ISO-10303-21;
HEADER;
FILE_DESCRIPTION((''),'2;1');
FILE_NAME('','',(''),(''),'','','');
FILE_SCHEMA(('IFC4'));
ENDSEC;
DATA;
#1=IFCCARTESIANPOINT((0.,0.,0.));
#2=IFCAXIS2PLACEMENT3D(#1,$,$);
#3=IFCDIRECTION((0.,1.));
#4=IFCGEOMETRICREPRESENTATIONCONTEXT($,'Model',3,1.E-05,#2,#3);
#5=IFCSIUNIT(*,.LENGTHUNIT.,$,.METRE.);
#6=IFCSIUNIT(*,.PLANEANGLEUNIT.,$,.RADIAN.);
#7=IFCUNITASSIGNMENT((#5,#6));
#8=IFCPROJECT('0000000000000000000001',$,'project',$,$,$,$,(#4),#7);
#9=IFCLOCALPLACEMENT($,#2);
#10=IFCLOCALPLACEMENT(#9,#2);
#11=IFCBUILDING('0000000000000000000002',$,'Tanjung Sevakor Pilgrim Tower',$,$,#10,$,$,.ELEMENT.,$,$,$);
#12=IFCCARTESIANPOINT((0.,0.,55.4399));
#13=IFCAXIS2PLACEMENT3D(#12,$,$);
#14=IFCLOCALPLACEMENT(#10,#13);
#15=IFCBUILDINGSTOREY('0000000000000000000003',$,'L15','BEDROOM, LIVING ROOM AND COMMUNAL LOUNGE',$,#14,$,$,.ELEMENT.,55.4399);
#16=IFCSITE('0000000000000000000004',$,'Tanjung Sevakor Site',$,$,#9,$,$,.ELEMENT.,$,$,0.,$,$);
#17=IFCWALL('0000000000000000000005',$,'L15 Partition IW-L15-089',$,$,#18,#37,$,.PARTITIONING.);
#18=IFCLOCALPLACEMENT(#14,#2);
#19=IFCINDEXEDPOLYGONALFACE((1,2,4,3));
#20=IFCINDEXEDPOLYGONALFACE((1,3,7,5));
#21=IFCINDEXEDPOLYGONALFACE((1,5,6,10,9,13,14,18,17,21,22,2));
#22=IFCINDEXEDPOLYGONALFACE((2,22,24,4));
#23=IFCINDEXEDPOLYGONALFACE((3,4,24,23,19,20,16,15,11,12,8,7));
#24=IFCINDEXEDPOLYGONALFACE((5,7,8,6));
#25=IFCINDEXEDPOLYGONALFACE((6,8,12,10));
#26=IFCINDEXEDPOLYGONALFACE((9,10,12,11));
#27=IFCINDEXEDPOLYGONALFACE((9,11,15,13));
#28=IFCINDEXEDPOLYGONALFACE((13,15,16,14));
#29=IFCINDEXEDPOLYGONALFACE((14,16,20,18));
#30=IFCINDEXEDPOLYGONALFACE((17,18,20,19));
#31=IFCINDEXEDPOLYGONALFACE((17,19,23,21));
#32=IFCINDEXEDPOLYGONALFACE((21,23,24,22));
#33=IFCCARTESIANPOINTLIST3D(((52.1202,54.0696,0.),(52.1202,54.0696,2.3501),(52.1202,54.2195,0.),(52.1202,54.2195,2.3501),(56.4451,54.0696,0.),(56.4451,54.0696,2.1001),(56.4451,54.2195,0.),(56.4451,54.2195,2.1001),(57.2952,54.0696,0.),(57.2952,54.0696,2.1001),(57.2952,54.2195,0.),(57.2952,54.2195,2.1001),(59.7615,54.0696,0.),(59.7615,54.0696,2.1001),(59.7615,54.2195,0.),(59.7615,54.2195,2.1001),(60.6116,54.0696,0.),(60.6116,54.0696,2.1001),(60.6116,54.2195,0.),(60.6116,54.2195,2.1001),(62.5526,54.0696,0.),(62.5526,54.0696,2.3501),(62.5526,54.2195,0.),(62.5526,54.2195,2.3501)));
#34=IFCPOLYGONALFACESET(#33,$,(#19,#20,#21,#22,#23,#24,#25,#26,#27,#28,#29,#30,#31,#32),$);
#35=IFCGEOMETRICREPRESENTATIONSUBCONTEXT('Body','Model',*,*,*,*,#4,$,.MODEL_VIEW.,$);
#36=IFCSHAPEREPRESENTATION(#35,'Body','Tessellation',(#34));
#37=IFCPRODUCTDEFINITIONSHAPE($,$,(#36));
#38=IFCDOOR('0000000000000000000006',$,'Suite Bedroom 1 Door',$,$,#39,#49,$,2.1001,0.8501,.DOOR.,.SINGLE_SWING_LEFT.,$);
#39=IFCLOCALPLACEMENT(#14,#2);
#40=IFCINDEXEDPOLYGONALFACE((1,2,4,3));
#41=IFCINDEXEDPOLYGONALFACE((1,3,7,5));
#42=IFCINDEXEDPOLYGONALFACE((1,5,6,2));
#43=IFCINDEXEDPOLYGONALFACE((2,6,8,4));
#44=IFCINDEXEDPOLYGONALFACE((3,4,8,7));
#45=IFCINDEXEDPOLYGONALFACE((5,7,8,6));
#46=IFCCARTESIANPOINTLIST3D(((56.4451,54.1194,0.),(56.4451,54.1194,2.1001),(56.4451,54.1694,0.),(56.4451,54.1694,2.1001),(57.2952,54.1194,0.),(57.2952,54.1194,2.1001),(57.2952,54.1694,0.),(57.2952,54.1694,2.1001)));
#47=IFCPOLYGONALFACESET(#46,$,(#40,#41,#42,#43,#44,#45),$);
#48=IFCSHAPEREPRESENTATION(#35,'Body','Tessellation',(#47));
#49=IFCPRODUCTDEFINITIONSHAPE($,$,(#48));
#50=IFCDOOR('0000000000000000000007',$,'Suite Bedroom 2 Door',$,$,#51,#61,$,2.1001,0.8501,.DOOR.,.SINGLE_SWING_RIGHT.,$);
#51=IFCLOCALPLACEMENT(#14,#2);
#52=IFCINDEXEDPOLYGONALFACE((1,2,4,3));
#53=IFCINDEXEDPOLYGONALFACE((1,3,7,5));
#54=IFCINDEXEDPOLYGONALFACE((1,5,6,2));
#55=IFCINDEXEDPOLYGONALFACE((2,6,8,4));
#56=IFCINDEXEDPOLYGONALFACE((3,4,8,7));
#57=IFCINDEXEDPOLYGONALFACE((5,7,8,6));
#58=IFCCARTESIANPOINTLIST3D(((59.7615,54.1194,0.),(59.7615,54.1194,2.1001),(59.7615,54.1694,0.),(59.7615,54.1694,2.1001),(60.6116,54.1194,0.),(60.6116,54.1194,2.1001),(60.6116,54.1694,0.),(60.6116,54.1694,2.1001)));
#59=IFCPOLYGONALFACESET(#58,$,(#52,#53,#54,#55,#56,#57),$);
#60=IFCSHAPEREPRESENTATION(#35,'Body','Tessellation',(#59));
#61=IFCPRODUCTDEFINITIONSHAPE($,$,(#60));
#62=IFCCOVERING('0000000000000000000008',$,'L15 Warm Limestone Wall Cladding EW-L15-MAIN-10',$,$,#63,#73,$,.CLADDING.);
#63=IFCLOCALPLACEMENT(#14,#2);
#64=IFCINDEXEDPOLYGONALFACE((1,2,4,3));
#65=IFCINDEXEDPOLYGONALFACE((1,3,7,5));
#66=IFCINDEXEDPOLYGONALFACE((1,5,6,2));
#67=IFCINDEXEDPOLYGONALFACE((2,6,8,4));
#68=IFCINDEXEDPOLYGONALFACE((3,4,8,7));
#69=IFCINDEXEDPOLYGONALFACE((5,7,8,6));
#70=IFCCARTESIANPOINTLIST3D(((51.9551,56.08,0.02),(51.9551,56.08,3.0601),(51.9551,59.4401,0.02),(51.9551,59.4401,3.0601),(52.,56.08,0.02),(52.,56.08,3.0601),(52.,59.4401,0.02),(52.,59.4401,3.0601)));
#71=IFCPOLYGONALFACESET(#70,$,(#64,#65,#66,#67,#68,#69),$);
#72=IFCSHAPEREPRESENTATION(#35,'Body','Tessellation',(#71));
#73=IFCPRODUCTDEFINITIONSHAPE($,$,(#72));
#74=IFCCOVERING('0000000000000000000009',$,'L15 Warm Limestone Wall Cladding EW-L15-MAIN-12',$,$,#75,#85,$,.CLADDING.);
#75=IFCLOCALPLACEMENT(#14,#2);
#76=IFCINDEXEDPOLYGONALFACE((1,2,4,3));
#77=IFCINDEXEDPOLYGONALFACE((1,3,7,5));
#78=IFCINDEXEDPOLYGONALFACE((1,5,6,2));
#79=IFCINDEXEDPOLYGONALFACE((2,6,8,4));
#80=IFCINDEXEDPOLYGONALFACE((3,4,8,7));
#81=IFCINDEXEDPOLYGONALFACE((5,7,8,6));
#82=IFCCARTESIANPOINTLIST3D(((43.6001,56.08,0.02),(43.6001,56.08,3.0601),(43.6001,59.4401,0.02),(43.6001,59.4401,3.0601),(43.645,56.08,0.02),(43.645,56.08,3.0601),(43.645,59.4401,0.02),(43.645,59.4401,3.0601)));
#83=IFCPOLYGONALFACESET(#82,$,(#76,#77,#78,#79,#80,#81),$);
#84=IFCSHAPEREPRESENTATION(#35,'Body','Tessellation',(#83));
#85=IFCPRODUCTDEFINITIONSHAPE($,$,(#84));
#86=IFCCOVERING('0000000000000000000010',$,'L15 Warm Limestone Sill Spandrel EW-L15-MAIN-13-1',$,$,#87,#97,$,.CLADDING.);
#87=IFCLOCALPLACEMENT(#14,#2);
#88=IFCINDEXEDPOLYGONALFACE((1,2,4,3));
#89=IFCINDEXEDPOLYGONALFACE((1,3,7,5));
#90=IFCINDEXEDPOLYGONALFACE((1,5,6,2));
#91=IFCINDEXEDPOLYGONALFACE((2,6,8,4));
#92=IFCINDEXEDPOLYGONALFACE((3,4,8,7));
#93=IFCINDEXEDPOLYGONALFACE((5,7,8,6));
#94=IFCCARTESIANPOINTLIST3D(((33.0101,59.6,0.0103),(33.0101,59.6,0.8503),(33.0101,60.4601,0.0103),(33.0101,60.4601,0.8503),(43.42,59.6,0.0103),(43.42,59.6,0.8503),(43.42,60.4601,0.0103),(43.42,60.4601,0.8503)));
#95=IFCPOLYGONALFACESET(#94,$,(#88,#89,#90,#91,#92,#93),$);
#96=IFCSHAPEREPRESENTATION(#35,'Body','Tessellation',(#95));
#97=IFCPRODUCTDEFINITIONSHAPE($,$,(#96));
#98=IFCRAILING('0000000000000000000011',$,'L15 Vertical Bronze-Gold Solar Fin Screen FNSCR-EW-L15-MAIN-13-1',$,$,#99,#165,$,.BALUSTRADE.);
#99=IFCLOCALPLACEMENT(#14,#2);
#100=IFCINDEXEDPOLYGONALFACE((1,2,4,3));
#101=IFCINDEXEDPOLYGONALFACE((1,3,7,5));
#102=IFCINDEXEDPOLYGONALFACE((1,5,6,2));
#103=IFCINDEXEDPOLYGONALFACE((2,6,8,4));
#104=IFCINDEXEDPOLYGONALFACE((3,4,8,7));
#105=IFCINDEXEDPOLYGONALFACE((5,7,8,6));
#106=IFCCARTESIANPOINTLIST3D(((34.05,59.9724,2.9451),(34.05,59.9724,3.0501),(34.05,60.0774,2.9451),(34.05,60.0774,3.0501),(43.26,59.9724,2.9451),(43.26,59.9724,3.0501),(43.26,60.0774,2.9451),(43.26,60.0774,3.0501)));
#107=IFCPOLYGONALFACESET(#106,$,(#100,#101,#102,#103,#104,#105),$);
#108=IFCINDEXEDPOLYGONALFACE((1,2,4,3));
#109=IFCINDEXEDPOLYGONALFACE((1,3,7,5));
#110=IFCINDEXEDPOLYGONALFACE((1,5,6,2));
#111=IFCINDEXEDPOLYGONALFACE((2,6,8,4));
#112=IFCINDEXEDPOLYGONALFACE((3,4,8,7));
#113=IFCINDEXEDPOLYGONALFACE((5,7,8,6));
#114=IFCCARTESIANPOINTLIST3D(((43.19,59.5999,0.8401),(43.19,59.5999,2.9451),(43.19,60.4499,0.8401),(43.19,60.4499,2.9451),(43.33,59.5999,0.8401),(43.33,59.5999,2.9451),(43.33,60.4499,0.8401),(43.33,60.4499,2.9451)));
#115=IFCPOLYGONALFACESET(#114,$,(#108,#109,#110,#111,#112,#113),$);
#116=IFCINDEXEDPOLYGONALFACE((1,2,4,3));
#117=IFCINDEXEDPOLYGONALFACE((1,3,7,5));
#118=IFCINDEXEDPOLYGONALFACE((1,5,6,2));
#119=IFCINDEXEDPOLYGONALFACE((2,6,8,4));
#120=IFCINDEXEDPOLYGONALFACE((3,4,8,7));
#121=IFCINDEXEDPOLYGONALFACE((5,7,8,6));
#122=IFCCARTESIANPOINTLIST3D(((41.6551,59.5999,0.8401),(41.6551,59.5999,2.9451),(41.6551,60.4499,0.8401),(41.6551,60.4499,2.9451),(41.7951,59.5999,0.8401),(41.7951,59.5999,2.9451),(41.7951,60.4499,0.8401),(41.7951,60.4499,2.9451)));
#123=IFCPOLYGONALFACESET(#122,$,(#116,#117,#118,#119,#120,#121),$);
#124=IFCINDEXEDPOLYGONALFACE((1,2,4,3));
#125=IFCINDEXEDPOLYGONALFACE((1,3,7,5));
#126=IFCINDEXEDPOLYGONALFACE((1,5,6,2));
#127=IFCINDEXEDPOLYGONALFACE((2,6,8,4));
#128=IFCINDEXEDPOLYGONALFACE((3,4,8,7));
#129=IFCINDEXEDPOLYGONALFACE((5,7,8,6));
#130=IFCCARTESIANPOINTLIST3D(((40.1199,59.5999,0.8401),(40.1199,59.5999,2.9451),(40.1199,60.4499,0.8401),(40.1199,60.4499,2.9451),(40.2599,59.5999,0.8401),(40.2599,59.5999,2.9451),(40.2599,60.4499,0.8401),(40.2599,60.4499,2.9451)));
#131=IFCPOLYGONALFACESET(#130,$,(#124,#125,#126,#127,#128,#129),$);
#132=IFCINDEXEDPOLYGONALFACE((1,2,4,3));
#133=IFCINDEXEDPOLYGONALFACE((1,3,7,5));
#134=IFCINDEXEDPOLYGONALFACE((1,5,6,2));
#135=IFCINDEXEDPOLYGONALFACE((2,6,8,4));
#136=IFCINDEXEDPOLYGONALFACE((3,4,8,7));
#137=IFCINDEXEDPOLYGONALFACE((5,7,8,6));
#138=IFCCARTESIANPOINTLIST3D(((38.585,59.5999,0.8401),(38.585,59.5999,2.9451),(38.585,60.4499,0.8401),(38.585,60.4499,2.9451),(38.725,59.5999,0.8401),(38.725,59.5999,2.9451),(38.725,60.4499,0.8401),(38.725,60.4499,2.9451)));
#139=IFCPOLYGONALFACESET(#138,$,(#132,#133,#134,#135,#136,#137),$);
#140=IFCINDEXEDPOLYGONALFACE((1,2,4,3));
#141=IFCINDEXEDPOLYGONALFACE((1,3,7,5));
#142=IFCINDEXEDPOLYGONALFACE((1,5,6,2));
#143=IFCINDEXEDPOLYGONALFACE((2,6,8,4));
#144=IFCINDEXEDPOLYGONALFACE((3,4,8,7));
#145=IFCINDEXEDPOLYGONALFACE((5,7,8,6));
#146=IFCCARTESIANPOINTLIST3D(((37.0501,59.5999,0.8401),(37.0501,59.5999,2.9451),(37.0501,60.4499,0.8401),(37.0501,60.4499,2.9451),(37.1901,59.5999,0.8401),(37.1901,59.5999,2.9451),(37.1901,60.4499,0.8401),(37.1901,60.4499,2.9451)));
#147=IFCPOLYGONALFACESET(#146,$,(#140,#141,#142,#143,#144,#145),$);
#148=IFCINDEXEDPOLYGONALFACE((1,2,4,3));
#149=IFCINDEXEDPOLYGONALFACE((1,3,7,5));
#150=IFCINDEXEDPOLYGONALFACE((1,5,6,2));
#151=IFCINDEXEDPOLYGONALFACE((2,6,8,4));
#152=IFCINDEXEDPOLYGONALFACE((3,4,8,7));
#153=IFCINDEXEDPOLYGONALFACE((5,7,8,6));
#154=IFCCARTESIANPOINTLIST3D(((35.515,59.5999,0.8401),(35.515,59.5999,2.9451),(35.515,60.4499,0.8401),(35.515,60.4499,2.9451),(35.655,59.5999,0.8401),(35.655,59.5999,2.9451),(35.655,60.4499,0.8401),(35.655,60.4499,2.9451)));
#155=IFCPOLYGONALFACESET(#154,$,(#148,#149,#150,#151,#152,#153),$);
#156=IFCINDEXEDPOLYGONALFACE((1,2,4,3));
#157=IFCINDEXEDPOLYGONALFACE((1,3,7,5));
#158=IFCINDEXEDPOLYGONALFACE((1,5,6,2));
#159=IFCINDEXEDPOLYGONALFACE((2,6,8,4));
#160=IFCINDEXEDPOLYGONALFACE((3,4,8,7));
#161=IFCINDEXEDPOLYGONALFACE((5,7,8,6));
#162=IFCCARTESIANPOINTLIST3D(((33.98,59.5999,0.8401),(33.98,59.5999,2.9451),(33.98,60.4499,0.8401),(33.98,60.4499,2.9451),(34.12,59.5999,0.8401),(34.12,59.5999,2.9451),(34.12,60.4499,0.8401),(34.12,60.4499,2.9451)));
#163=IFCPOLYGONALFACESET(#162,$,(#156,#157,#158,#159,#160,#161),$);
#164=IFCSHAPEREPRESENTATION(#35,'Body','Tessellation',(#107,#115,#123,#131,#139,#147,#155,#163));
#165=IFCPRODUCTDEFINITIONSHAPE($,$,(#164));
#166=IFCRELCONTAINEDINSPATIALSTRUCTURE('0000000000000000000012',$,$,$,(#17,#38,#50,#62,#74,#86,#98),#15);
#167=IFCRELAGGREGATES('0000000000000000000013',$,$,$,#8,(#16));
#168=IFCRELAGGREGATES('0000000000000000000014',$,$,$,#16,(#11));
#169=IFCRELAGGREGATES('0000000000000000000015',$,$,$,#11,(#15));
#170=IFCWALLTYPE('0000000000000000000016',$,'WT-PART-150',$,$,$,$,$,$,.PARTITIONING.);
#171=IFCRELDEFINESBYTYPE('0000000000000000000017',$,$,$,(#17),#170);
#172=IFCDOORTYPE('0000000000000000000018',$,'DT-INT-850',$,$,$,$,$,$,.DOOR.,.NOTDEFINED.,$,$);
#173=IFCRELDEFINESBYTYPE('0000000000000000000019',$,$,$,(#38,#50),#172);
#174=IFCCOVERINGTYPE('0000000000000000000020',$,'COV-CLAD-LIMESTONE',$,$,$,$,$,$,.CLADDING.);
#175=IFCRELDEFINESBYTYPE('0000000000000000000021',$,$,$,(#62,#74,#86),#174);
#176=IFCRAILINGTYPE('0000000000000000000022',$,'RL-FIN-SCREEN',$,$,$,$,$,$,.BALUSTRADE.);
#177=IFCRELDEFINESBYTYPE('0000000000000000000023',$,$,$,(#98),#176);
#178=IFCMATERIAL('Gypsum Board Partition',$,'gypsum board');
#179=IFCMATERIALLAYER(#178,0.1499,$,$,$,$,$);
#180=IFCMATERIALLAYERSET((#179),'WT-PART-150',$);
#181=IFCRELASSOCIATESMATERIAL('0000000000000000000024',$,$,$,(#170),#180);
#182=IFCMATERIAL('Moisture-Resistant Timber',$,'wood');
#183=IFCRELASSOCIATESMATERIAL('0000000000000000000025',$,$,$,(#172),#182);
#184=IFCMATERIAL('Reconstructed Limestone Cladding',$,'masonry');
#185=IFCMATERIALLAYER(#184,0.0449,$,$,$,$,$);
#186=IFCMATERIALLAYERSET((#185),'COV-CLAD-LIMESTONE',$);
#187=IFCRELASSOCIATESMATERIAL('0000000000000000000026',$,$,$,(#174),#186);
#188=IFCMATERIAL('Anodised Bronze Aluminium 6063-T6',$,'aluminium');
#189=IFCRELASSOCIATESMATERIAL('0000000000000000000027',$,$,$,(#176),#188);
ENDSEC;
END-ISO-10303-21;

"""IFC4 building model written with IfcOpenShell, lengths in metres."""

from ifc_helpers import new_model, si_unit, direction, frame, frame_2d, origin, origin_2d, place, context, subcontext, project, spatial, rectangle, extrude, material, layer, layer_set, type_object, element, fill, save


model = new_model("IFC4")

# Units and contexts
model_context = context("Model", 3, precision=1e-05, world=origin(), true_north=direction((0.0, 1.0)))
body_context = subcontext(model_context, "Body", "Model", "MODEL_VIEW")
ifc_project = project(units=[si_unit("LENGTHUNIT", "METRE"), si_unit("PLANEANGLEUNIT", "RADIAN")], contexts=[model_context])

# Site, building, storey
site_placement = place(None, origin())
site = spatial("IfcSite", under=ifc_project, at=site_placement, Name="Tanjung Sevakor Site", CompositionType="ELEMENT", RefElevation=0.0)
building_placement = place(site_placement, origin())
building = spatial("IfcBuilding", under=site, at=building_placement, Name="Tanjung Sevakor Pilgrim Tower", CompositionType="ELEMENT")
storey_placement = place(building_placement, frame((0.0, 0.0, 55.4399)))
storey = spatial("IfcBuildingStorey", under=building, at=storey_placement, Name="L15", Description="BEDROOM, LIVING ROOM AND COMMUNAL LOUNGE", CompositionType="ELEMENT", Elevation=55.4399)

# Shared definitions
ifc_material_1 = material(Name="Gypsum Board Partition", Category="gypsum board")
ifc_layer_1 = layer(ifc_material_1, 0.1499)
ifc_layer_set_1 = layer_set([ifc_layer_1], Name="WT-PART-150")
wall_type_1 = type_object("IfcWallType", Name="WT-PART-150", PredefinedType="PARTITIONING", material=ifc_layer_set_1)

# Wall, openings, doors
wall_1_placement = place(storey_placement, frame((52.1201, 54.1445, 0.0), z_axis=(0.0, 0.0, 1.0), x_axis=(1.0, 0.0, 0.0)))
wall_1 = element("IfcWall", 1, at=wall_1_placement, inside=storey, type_object=wall_type_1, Name="L15 Partition IW-L15-089", PredefinedType="PARTITIONING", context=body_context, shape_type="SweptSolid", body=[
    extrude(rectangle(XDim=10.4324, YDim=0.1499, at=frame_2d((5.2163, 0.0))), origin(), (0.0, 0.0, 1.0), 2.3501),
])
opening_1_placement = place(wall_1_placement, frame((4.325, 0.0, 0.0)))
opening_1 = element("IfcOpeningElement", 2, at=opening_1_placement, cuts=wall_1, PredefinedType="OPENING", context=body_context, shape_type="SweptSolid", body=[
    extrude(rectangle(XDim=0.8501, YDim=2.1001, at=frame_2d((0.425, 1.05))), frame((0.0, 0.085, 0.0), z_axis=(0.0, -1.0, 0.0), x_axis=(1.0, 0.0, 0.0)), (0.0, 0.0, 1.0), 0.1699),
])
opening_2_placement = place(wall_1_placement, frame((7.6414, 0.0, 0.0)))
opening_2 = element("IfcOpeningElement", 3, at=opening_2_placement, cuts=wall_1, PredefinedType="OPENING", context=body_context, shape_type="SweptSolid", body=[
    extrude(rectangle(XDim=0.8501, YDim=2.1001, at=frame_2d((0.425, 1.05))), frame((0.0, 0.085, 0.0), z_axis=(0.0, -1.0, 0.0), x_axis=(1.0, 0.0, 0.0)), (0.0, 0.0, 1.0), 0.1699),
])
ifc_material_2 = material(Name="Moisture-Resistant Timber", Category="wood")
door_type_1 = type_object("IfcDoorType", Name="DT-INT-850", OperationType="NOTDEFINED", PredefinedType="DOOR", material=ifc_material_2)
door_1_placement = place(opening_1_placement, origin())
door_1 = element("IfcDoor", 4, at=door_1_placement, inside=storey, type_object=door_type_1, Name="Suite Bedroom 1 Door", OperationType="SINGLE_SWING_LEFT", OverallHeight=2.1001, OverallWidth=0.8501, PredefinedType="DOOR", context=body_context, shape_type="SweptSolid", body=[
    extrude(rectangle(XDim=0.8501, YDim=2.1001, at=frame_2d((0.425, 1.05))), frame((0.0, 0.0249, 0.0), z_axis=(0.0, -1.0, 0.0), x_axis=(1.0, 0.0, 0.0)), (0.0, 0.0, 1.0), 0.05),
])
fill(opening_1, door_1)
door_2_placement = place(opening_2_placement, origin())
door_2 = element("IfcDoor", 5, at=door_2_placement, inside=storey, type_object=door_type_1, Name="Suite Bedroom 2 Door", OperationType="SINGLE_SWING_RIGHT", OverallHeight=2.1001, OverallWidth=0.8501, PredefinedType="DOOR", context=body_context, shape_type="SweptSolid", body=[
    extrude(rectangle(XDim=0.8501, YDim=2.1001, at=frame_2d((0.425, 1.05))), frame((0.0, 0.0249, 0.0), z_axis=(0.0, -1.0, 0.0), x_axis=(1.0, 0.0, 0.0)), (0.0, 0.0, 1.0), 0.05),
])
fill(opening_2, door_2)

# Coverings
ifc_material_3 = material(Name="Reconstructed Limestone Cladding", Category="masonry")
ifc_layer_2 = layer(ifc_material_3, 0.0449)
ifc_layer_set_2 = layer_set([ifc_layer_2], Name="COV-CLAD-LIMESTONE")
covering_type = type_object("IfcCoveringType", Name="COV-CLAD-LIMESTONE", PredefinedType="CLADDING", material=ifc_layer_set_2)
for number, where, z_axis, x_axis, name in (
    (6, (51.9775, 57.76, 0.02), (0.0, 0.0, 1.0), (0.0, -1.0, 0.0), "L15 Warm Limestone Wall Cladding EW-L15-MAIN-10"),
    (7, (43.6226, 57.76, 0.02), (0.0, 0.0, 1.0), (0.0, 1.0, 0.0), "L15 Warm Limestone Wall Cladding EW-L15-MAIN-12"),
):
    element("IfcCovering", number, at=place(storey_placement, frame(where, z_axis=z_axis, x_axis=x_axis)), inside=storey, type_object=covering_type, Name=name, PredefinedType="CLADDING", context=body_context, shape_type="SweptSolid", body=[
        extrude(rectangle(XDim=3.3601, YDim=0.0449, at=origin_2d()), origin(), (0.0, 0.0, 1.0), 3.04),
    ])
covering_placement = place(storey_placement, frame((38.2151, 60.03, 0.0103), z_axis=(0.0, 0.0, 1.0), x_axis=(-1.0, 0.0, 0.0)))
element("IfcCovering", 8, at=covering_placement, inside=storey, type_object=covering_type, Name="L15 Warm Limestone Sill Spandrel EW-L15-MAIN-13-1", PredefinedType="CLADDING", context=body_context, shape_type="SweptSolid", body=[
    extrude(rectangle(XDim=10.4099, YDim=0.8601, at=origin_2d()), origin(), (0.0, 0.0, 1.0), 0.8401),
])

# Railing
ifc_material_4 = material(Name="Anodised Bronze Aluminium 6063-T6", Category="aluminium")
railing_type = type_object("IfcRailingType", Name="RL-FIN-SCREEN", PredefinedType="BALUSTRADE", material=ifc_material_4)
railing_1_placement = place(storey_placement, frame((43.26, 60.0249, 0.8401)))
element("IfcRailing", 9, at=railing_1_placement, inside=storey, type_object=railing_type, Name="L15 Vertical Bronze-Gold Solar Fin Screen FNSCR-EW-L15-MAIN-13-1", PredefinedType="BALUSTRADE", context=body_context, shape_type="SweptSolid", body=[
    extrude(rectangle(XDim=0.105, YDim=0.105), frame((0.0, 0.0, 2.1575), z_axis=(-1.0, 0.0, 0.0), x_axis=(0.0, -1.0, 0.0)), (0.0, 0.0, 1.0), 9.21),
    extrude(rectangle(XDim=0.14, YDim=0.85), origin(), (0.0, 0.0, 1.0), 2.105),
    extrude(rectangle(XDim=0.14, YDim=0.85), frame((-1.5349, 0.0, 0.0)), (0.0, 0.0, 1.0), 2.105),
    extrude(rectangle(XDim=0.14, YDim=0.85), frame((-3.0701, 0.0, 0.0)), (0.0, 0.0, 1.0), 2.105),
    extrude(rectangle(XDim=0.14, YDim=0.85), frame((-4.605, 0.0, 0.0)), (0.0, 0.0, 1.0), 2.105),
    extrude(rectangle(XDim=0.14, YDim=0.85), frame((-6.1399, 0.0, 0.0)), (0.0, 0.0, 1.0), 2.105),
    extrude(rectangle(XDim=0.14, YDim=0.85), frame((-7.675, 0.0, 0.0)), (0.0, 0.0, 1.0), 2.105),
    extrude(rectangle(XDim=0.14, YDim=0.85), frame((-9.21, 0.0, 0.0)), (0.0, 0.0, 1.0), 2.105),
])

save(model, "model.ifc")
